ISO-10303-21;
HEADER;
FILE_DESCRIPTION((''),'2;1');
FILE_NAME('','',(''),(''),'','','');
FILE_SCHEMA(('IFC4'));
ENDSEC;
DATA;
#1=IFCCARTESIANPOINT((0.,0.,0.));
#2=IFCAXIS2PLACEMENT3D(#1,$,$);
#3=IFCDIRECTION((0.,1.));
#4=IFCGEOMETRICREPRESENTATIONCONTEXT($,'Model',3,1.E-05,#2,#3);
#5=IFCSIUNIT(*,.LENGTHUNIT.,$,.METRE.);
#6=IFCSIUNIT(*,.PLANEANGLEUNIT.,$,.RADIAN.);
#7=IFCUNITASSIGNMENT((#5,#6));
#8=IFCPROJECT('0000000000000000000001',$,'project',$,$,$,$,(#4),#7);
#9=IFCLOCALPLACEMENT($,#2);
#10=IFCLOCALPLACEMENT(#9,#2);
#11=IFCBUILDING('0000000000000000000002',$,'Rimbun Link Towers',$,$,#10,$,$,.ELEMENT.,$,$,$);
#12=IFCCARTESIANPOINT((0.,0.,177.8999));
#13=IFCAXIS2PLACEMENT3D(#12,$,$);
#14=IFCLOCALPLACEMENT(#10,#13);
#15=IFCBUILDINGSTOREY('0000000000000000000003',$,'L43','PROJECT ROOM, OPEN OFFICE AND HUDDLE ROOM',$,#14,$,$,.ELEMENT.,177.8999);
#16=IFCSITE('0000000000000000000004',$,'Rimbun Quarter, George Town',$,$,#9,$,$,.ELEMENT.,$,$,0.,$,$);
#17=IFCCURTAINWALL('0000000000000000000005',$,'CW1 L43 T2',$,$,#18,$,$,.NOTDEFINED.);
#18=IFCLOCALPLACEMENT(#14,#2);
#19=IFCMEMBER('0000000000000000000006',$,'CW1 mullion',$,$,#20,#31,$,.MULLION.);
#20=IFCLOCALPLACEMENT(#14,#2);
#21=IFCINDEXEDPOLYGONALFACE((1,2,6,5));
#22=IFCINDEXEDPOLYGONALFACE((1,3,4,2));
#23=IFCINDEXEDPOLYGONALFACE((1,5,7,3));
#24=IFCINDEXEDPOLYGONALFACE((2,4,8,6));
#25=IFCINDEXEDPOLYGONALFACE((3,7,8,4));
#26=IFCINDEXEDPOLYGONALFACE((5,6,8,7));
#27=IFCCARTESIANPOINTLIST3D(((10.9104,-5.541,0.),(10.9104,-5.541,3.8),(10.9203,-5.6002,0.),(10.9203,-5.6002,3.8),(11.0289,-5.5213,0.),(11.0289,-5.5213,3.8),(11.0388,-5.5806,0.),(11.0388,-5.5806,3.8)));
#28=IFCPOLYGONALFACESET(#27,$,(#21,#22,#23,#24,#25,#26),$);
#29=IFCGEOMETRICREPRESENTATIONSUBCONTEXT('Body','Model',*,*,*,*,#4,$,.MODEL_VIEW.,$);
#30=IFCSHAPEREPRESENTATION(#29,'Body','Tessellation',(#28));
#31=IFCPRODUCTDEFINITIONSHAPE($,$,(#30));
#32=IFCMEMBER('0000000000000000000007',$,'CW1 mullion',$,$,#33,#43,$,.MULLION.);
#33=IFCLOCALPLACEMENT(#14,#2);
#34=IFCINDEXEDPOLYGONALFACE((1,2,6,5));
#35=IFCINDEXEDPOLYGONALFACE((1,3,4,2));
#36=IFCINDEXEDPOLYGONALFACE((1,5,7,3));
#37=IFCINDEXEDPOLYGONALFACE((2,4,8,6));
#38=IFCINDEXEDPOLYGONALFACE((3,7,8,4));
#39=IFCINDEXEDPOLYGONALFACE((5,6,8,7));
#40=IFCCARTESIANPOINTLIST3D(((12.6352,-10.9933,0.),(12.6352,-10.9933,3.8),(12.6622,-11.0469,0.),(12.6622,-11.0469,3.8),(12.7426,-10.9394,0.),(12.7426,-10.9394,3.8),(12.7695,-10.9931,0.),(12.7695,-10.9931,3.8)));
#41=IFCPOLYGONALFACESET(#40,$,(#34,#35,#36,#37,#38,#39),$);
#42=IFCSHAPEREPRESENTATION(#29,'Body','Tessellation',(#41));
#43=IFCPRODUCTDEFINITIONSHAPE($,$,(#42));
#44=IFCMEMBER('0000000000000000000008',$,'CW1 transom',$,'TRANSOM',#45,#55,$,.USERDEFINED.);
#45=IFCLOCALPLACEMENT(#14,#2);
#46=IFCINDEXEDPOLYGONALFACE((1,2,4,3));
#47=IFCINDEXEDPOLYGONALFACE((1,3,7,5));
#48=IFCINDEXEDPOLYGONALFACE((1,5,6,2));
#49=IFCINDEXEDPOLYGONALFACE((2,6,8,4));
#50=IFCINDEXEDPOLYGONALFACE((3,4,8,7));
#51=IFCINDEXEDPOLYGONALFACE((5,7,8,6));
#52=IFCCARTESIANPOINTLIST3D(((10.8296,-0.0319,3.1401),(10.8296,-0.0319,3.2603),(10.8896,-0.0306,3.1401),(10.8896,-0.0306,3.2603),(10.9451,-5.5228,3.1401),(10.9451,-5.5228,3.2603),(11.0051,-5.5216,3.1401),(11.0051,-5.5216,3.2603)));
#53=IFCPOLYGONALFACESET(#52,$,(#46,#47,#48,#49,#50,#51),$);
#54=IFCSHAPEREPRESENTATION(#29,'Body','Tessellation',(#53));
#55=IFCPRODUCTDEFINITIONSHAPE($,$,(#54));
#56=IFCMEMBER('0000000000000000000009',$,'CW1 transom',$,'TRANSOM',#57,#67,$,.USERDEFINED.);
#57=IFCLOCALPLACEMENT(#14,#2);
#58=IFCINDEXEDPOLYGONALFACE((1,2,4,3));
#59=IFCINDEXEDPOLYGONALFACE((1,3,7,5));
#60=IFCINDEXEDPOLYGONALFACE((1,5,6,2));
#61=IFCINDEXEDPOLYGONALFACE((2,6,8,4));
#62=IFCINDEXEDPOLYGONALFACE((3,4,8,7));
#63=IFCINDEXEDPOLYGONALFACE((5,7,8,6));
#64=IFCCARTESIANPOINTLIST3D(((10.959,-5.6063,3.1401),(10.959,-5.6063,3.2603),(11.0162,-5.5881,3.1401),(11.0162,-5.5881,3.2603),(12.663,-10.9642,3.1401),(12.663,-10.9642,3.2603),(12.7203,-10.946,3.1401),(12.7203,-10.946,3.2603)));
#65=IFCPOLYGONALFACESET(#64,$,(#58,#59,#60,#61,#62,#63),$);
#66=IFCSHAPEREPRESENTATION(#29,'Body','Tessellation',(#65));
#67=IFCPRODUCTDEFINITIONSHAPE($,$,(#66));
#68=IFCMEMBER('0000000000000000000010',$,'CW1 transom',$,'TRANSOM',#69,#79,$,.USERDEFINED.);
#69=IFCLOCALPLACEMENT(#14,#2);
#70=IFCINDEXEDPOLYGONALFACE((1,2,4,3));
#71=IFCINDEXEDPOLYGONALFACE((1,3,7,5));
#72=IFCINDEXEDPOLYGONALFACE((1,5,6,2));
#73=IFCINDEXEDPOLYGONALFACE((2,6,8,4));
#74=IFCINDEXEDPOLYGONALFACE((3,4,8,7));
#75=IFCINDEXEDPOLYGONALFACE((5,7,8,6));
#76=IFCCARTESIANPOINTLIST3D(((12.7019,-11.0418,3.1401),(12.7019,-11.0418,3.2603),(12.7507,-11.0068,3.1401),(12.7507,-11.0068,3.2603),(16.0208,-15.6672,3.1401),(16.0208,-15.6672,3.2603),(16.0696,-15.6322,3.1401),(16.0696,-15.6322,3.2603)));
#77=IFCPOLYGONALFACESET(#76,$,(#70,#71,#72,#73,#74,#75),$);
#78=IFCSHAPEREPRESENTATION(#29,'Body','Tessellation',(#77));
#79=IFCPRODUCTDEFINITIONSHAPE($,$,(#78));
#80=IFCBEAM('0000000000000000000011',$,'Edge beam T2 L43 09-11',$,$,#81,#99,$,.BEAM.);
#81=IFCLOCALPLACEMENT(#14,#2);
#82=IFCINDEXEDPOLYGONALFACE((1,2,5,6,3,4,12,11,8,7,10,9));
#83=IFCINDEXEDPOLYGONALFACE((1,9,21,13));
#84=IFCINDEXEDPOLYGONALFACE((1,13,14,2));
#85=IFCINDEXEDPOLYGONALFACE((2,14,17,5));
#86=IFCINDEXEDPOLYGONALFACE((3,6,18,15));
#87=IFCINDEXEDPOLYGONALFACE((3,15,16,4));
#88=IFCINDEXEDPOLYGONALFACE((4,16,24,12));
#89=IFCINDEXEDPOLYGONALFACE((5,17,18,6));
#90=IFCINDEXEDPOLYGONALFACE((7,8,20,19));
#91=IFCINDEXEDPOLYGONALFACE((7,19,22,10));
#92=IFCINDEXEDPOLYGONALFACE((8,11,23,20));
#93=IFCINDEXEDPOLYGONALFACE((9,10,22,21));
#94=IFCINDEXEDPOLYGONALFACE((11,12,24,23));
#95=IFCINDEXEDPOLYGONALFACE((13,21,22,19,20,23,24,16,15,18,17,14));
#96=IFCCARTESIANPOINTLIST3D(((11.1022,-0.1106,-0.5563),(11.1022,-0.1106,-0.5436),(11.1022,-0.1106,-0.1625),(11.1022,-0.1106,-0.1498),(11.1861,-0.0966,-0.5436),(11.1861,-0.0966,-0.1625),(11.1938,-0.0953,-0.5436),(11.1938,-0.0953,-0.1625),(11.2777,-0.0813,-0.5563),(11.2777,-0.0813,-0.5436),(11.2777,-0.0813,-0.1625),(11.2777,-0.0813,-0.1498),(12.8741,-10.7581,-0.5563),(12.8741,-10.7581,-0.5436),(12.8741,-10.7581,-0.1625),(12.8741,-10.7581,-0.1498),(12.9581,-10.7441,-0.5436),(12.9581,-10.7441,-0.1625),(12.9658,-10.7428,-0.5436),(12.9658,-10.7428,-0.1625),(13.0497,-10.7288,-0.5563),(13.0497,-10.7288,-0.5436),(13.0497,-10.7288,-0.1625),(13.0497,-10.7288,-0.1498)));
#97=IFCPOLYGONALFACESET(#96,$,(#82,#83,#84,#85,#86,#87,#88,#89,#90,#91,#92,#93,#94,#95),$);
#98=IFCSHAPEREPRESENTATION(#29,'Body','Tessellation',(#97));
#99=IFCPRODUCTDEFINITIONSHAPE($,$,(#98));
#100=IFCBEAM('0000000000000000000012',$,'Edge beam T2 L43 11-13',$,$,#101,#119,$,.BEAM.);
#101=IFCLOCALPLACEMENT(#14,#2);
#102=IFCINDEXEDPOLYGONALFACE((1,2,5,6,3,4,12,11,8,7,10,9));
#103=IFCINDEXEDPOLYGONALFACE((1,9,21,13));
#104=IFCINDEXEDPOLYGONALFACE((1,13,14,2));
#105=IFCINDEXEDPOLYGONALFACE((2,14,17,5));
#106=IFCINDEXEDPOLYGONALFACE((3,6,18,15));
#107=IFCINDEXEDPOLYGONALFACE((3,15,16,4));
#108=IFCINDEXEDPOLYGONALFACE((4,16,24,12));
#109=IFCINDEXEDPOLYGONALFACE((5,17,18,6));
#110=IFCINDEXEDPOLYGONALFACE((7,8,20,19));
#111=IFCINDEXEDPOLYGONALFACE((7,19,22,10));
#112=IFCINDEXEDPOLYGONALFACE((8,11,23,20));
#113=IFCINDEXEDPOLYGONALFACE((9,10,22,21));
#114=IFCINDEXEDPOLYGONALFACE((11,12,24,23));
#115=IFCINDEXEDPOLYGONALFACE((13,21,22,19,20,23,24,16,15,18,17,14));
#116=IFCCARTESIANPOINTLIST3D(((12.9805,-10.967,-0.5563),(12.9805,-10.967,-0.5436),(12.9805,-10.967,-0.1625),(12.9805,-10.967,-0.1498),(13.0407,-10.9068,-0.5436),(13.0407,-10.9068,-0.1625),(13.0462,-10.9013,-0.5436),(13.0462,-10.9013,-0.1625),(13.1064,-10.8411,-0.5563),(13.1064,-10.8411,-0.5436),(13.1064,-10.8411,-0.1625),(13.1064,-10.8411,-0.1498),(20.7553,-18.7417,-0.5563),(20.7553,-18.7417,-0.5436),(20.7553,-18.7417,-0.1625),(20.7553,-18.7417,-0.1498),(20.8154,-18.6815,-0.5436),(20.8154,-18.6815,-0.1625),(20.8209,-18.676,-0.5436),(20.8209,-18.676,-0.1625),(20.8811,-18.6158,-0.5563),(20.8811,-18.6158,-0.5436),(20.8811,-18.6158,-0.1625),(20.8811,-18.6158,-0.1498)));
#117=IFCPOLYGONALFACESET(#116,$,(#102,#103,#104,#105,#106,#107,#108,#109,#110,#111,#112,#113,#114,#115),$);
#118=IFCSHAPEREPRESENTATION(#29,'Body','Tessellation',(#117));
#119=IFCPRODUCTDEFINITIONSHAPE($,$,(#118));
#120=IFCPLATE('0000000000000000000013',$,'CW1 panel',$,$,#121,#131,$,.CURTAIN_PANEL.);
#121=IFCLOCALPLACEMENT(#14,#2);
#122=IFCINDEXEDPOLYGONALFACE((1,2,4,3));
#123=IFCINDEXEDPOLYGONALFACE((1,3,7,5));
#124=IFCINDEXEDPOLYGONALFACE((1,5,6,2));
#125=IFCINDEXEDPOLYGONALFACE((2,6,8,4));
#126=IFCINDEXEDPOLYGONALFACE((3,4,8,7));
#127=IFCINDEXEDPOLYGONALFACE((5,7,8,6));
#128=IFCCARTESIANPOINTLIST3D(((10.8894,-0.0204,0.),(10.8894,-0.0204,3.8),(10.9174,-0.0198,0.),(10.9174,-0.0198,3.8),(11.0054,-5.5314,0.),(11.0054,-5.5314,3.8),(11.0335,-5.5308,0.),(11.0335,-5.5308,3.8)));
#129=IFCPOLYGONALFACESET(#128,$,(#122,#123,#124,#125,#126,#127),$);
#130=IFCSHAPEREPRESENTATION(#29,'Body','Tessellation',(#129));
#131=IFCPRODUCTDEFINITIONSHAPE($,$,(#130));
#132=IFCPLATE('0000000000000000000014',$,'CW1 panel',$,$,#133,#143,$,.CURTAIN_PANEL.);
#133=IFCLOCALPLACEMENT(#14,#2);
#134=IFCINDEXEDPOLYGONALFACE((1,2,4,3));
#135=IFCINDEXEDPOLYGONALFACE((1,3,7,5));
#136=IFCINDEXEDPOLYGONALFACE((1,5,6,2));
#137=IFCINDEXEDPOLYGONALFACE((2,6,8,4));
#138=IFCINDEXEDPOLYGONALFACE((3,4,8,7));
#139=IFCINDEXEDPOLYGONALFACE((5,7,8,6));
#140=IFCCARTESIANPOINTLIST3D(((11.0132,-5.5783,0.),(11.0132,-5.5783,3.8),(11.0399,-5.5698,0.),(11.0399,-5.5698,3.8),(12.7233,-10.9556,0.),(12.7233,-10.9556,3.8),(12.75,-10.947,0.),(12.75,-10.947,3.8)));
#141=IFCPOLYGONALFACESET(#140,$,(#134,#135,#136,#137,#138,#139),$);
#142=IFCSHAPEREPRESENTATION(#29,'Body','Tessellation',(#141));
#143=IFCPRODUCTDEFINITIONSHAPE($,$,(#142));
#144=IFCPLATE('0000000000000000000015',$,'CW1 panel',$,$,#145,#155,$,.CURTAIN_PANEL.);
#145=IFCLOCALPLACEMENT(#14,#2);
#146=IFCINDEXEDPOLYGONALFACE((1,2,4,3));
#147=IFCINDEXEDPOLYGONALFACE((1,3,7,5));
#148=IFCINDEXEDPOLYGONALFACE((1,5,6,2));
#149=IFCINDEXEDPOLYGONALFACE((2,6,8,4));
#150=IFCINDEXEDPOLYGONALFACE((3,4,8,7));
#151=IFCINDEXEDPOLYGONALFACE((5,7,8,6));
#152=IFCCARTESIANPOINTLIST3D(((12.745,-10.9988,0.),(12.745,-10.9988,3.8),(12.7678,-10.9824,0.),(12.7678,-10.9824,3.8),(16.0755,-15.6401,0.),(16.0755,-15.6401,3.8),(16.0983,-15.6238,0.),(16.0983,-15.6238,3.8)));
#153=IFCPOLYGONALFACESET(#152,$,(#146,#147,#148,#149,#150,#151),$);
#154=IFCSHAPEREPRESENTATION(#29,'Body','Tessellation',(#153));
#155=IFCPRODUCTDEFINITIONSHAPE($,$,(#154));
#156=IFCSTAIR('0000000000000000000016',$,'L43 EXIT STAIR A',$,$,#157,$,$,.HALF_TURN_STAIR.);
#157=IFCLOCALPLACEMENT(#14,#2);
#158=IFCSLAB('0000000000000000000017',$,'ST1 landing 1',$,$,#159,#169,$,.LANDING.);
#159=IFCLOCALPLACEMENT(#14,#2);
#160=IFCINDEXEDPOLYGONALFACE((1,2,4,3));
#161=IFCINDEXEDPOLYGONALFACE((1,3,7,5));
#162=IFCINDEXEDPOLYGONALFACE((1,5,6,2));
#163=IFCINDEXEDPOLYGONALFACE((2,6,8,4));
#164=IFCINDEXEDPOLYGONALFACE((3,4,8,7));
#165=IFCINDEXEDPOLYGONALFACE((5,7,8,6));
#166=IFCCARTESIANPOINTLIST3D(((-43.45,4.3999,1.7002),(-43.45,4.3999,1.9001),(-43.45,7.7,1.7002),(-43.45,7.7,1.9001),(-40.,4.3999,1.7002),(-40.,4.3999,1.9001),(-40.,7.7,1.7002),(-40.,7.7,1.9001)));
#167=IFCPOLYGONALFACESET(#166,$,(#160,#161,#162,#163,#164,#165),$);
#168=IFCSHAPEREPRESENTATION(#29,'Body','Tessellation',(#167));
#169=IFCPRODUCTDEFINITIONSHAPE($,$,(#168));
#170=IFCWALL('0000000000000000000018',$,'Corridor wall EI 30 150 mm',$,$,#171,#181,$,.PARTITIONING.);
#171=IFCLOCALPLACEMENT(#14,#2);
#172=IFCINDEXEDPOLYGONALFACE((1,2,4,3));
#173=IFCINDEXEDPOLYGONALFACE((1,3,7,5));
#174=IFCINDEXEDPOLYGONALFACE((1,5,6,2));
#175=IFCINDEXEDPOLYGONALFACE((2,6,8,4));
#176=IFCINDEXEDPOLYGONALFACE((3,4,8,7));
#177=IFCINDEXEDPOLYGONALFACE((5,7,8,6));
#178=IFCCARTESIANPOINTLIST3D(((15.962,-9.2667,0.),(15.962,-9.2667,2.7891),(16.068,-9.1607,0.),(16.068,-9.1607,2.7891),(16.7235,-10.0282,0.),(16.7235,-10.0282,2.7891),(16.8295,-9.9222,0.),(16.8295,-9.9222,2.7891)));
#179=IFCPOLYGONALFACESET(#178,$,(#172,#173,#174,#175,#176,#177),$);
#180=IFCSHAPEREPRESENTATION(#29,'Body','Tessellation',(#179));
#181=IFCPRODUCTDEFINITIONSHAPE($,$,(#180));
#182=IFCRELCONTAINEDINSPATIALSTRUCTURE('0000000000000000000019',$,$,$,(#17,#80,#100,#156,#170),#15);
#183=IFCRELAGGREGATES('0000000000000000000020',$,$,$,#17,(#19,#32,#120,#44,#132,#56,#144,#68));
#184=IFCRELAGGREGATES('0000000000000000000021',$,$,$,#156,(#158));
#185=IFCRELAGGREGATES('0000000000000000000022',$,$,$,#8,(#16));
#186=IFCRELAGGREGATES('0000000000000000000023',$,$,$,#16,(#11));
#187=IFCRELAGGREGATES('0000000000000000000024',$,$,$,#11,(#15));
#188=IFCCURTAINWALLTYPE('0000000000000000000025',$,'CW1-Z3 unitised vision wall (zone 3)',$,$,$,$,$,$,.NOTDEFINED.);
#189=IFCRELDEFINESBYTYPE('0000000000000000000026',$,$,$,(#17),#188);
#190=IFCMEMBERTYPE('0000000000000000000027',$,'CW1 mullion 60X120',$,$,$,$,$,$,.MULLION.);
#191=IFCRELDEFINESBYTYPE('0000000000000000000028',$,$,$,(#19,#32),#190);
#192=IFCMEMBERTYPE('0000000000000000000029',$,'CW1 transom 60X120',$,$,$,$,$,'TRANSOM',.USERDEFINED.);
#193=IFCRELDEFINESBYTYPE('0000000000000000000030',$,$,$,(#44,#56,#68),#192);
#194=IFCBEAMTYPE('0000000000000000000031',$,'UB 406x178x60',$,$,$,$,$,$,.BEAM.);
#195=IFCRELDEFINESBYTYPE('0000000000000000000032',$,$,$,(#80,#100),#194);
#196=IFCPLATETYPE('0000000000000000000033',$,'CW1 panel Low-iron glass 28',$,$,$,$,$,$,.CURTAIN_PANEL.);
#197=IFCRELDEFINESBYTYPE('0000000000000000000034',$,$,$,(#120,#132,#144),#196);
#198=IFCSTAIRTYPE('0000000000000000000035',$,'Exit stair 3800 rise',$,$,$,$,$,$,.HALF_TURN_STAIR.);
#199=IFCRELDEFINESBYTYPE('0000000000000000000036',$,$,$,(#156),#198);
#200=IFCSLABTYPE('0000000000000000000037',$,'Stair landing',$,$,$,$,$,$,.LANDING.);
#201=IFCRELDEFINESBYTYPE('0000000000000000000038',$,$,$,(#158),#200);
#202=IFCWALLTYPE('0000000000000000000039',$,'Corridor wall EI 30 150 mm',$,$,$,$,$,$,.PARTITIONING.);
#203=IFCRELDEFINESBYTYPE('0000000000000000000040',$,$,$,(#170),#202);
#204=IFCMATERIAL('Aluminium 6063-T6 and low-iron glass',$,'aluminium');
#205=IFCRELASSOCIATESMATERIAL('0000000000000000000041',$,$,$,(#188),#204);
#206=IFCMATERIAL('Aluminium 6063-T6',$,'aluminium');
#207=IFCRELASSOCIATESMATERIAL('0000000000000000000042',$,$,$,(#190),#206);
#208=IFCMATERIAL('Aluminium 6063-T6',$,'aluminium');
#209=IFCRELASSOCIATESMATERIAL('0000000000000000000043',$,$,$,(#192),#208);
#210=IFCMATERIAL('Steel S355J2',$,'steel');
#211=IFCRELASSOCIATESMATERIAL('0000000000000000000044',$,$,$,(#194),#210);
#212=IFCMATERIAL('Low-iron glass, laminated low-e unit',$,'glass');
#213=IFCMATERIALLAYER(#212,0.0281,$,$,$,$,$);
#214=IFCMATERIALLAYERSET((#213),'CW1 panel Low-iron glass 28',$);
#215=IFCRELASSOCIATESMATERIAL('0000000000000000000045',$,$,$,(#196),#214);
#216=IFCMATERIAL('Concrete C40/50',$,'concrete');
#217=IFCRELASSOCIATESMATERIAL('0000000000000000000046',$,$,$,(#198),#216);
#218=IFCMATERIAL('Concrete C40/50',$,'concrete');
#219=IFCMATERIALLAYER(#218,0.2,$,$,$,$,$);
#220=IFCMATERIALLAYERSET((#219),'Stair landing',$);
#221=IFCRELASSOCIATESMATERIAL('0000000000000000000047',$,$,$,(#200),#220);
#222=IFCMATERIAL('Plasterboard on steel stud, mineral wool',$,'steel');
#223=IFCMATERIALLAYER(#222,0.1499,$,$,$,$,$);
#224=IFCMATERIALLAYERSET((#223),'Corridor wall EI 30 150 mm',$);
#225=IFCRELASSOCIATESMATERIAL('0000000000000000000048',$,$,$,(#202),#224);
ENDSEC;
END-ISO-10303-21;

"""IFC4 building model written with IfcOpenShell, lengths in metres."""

from ifc_helpers import new_model, si_unit, direction, frame, frame_2d, origin, origin_2d, place, context, subcontext, project, spatial, polyline, rectangle, i_section, outline, extrude, material, layer, layer_set, material_profile, profile_set, type_object, element, aggregate, save


model = new_model("IFC4")

# Units and contexts
model_context = context("Model", 3, precision=1e-05, world=origin(), true_north=direction((0.0, 1.0)))
body_context = subcontext(model_context, "Body", "Model", "MODEL_VIEW")
ifc_project = project(units=[si_unit("LENGTHUNIT", "METRE"), si_unit("PLANEANGLEUNIT", "RADIAN")], contexts=[model_context])

# Site, building, storey
site_placement = place(None, origin())
site = spatial("IfcSite", under=ifc_project, at=site_placement, Name="Rimbun Quarter, George Town", CompositionType="ELEMENT", RefElevation=0.0)
building_placement = place(site_placement, origin())
building = spatial("IfcBuilding", under=site, at=building_placement, Name="Rimbun Link Towers", CompositionType="ELEMENT")
storey_placement = place(building_placement, frame((0.0, 0.0, 177.8999)))
storey = spatial("IfcBuildingStorey", under=building, at=storey_placement, Name="L43", Description="PROJECT ROOM, OPEN OFFICE AND HUDDLE ROOM", CompositionType="ELEMENT", Elevation=177.8999)

# Curtain wall, members
ifc_material_1 = material(Name="Aluminium 6063-T6 and low-iron glass", Category="aluminium")
curtain_wall_type = type_object("IfcCurtainWallType", Name="CW1-Z3 unitised vision wall (zone 3)", PredefinedType="NOTDEFINED", material=ifc_material_1)
curtain_wall_placement = place(storey_placement, origin())
curtain_wall = element("IfcCurtainWall", 1, at=curtain_wall_placement, inside=storey, type_object=curtain_wall_type, Name="CW1 L43 T2", PredefinedType="NOTDEFINED")
ifc_material_2 = material(Name="Aluminium 6063-T6", Category="aluminium")
ifc_material_profile_1 = material_profile(ifc_material_2, rectangle(XDim=0.1201, YDim=0.0601, at=origin_2d()), Name="MULLION 60X120")
ifc_profile_set_1 = profile_set([ifc_material_profile_1], Name="Aluminium 6063-T6")
member_type_1 = type_object("IfcMemberType", Name="CW1 mullion 60X120", PredefinedType="MULLION", material=ifc_profile_set_1)
member_1_placement = place(storey_placement, frame((10.9746, -5.5608, 0.0), z_axis=(0.0, 0.0, 1.0), x_axis=(-0.986503, -0.163743, 0.0)))
member_1 = element("IfcMember", 2, at=member_1_placement, type_object=member_type_1, Name="CW1 mullion", PredefinedType="MULLION", context=body_context, shape_type="SweptSolid", body=[
    extrude(rectangle(XDim=0.1201, YDim=0.0601, at=origin_2d()), origin(), (0.0, 0.0, 1.0), 3.8),
])
member_2_placement = place(storey_placement, frame((12.7024, -10.9932, 0.0), z_axis=(0.0, 0.0, 1.0), x_axis=(-0.893746, -0.448574, 0.0)))
member_2 = element("IfcMember", 3, at=member_2_placement, type_object=member_type_1, Name="CW1 mullion", PredefinedType="MULLION", context=body_context, shape_type="SweptSolid", body=[
    extrude(rectangle(XDim=0.1201, YDim=0.0601, at=origin_2d()), origin(), (0.0, 0.0, 1.0), 3.8),
])
ifc_material_3 = material(Name="Aluminium 6063-T6", Category="aluminium")
ifc_material_profile_2 = material_profile(ifc_material_3, rectangle(XDim=0.0601, YDim=0.1201, at=origin_2d()), Name="TRANSOM 60X120")
ifc_profile_set_2 = profile_set([ifc_material_profile_2], Name="Aluminium 6063-T6")
member_type_2 = type_object("IfcMemberType", Name="CW1 transom 60X120", ElementType="TRANSOM", PredefinedType="USERDEFINED", material=ifc_profile_set_2)
member_3_placement = place(storey_placement, frame((10.9751, -5.5222, 3.2002), z_axis=(-0.021026, 0.999779, 0.0), x_axis=(-0.999779, -0.021026, 0.0)))
member_3 = element("IfcMember", 4, at=member_3_placement, type_object=member_type_2, Name="CW1 transom", ObjectType="TRANSOM", PredefinedType="USERDEFINED", context=body_context, shape_type="SweptSolid", body=[
    extrude(rectangle(XDim=0.0601, YDim=0.1201, at=origin_2d()), origin(), (0.0, 0.0, 1.0), 5.4922),
])
member_4_placement = place(storey_placement, frame((12.6917, -10.9551, 3.2002), z_axis=(-0.303093, 0.952961, 0.0), x_axis=(-0.952961, -0.303093, 0.0)))
member_4 = element("IfcMember", 5, at=member_4_placement, type_object=member_type_2, Name="CW1 transom", ObjectType="TRANSOM", PredefinedType="USERDEFINED", context=body_context, shape_type="SweptSolid", body=[
    extrude(rectangle(XDim=0.0601, YDim=0.1201, at=origin_2d()), origin(), (0.0, 0.0, 1.0), 5.6223),
])
member_5_placement = place(storey_placement, frame((16.0452, -15.6497, 3.2002), z_axis=(-0.582993, 0.812477, 0.0), x_axis=(-0.812477, -0.582993, 0.0)))
member_5 = element("IfcMember", 6, at=member_5_placement, type_object=member_type_2, Name="CW1 transom", ObjectType="TRANSOM", PredefinedType="USERDEFINED", context=body_context, shape_type="SweptSolid", body=[
    extrude(rectangle(XDim=0.0601, YDim=0.1201, at=origin_2d()), origin(), (0.0, 0.0, 1.0), 5.6929),
])

# Beams
ifc_material_4 = material(Name="Steel S355J2", Category="steel")
ifc_material_profile_3 = material_profile(ifc_material_4, i_section(OverallWidth=0.178, OverallDepth=0.4065, WebThickness=0.0078, FlangeThickness=0.0127, at=origin_2d()), Name="UB 406x178x60")
ifc_profile_set_3 = profile_set([ifc_material_profile_3], Name="Steel S355J2")
beam_type = type_object("IfcBeamType", Name="UB 406x178x60", PredefinedType="BEAM", material=ifc_profile_set_3)
beam_1_placement = place(storey_placement, frame((11.1899, -0.0959, -0.353), z_axis=(0.164164, -0.986433, 0.0), x_axis=(0.986433, 0.164164, 0.0)))
element("IfcBeam", 7, at=beam_1_placement, inside=storey, type_object=beam_type, Name="Edge beam T2 L43 09-11", PredefinedType="BEAM", context=body_context, shape_type="SweptSolid", body=[
    extrude(i_section(OverallWidth=0.178, OverallDepth=0.4065, WebThickness=0.0078, FlangeThickness=0.0127, at=origin_2d()), origin(), (0.0, 0.0, 1.0), 10.7939),
])
beam_2_placement = place(storey_placement, frame((13.0435, -10.9041, -0.353), z_axis=(0.707107, -0.707107, 0.0), x_axis=(0.707107, 0.707107, 0.0)))
element("IfcBeam", 8, at=beam_2_placement, inside=storey, type_object=beam_type, Name="Edge beam T2 L43 11-13", PredefinedType="BEAM", context=body_context, shape_type="SweptSolid", body=[
    extrude(i_section(OverallWidth=0.178, OverallDepth=0.4065, WebThickness=0.0078, FlangeThickness=0.0127, at=origin_2d()), origin(), (0.0, 0.0, 1.0), 10.9951),
])

# Plates
ifc_material_5 = material(Name="Low-iron glass, laminated low-e unit", Category="glass")
ifc_layer_1 = layer(ifc_material_5, 0.0281)
ifc_layer_set_1 = layer_set([ifc_layer_1], Name="CW1 panel Low-iron glass 28")
plate_type = type_object("IfcPlateType", Name="CW1 panel Low-iron glass 28", PredefinedType="CURTAIN_PANEL", material=ifc_layer_set_1)
plate_1_placement = place(storey_placement, frame((10.9614, -2.7756, 0.0), z_axis=(0.0, 0.0, 1.0), x_axis=(-0.021055, 0.999778, 0.0)))
plate_1 = element("IfcPlate", 9, at=plate_1_placement, type_object=plate_type, Name="CW1 panel", PredefinedType="CURTAIN_PANEL", context=body_context, shape_type="SweptSolid", body=[
    extrude(rectangle(XDim=5.5122, YDim=0.0281, at=origin_2d()), origin(), (0.0, 0.0, 1.0), 3.8),
])
plate_2_placement = place(storey_placement, frame((11.8816, -8.2627, 0.0), z_axis=(0.0, 0.0, 1.0), x_axis=(-0.303068, 0.952969, 0.0)))
plate_2 = element("IfcPlate", 10, at=plate_2_placement, type_object=plate_type, Name="CW1 panel", PredefinedType="CURTAIN_PANEL", context=body_context, shape_type="SweptSolid", body=[
    extrude(rectangle(XDim=5.6426, YDim=0.0281, at=origin_2d()), origin(), (0.0, 0.0, 1.0), 3.8),
])
plate_3_placement = place(storey_placement, frame((14.4216, -13.3113, 0.0), z_axis=(0.0, 0.0, 1.0), x_axis=(-0.583009, 0.812465, 0.0)))
plate_3 = element("IfcPlate", 11, at=plate_3_placement, type_object=plate_type, Name="CW1 panel", PredefinedType="CURTAIN_PANEL", context=body_context, shape_type="SweptSolid", body=[
    extrude(rectangle(XDim=5.7126, YDim=0.0281, at=origin_2d()), origin(), (0.0, 0.0, 1.0), 3.8),
])
aggregate(curtain_wall, [member_1, member_2, plate_1, member_3, plate_2, member_4, plate_3, member_5])

# Stair, slab
ifc_material_6 = material(Name="Concrete C40/50", Category="concrete")
stair_type = type_object("IfcStairType", Name="Exit stair 3800 rise", PredefinedType="HALF_TURN_STAIR", material=ifc_material_6)
stair_placement = place(storey_placement, origin())
stair = element("IfcStair", 12, at=stair_placement, inside=storey, type_object=stair_type, Name="L43 EXIT STAIR A", PredefinedType="HALF_TURN_STAIR")
ifc_material_7 = material(Name="Concrete C40/50", Category="concrete")
ifc_layer_2 = layer(ifc_material_7, 0.2)
ifc_layer_set_2 = layer_set([ifc_layer_2], Name="Stair landing")
slab_type = type_object("IfcSlabType", Name="Stair landing", PredefinedType="LANDING", material=ifc_layer_set_2)
slab_placement = place(storey_placement, frame((0.0, 0.0, 1.7002)))
slab = element("IfcSlab", 13, at=slab_placement, type_object=slab_type, Name="ST1 landing 1", PredefinedType="LANDING", context=body_context, shape_type="SweptSolid", body=[
    extrude(outline(polyline([(-40.0, 7.7), (-43.45, 7.7), (-43.45, 4.3999), (-40.0, 4.3999), (-40.0, 7.7)])), origin(), (0.0, 0.0, 1.0), 0.2),
])
aggregate(stair, [slab])

# Wall
ifc_material_8 = material(Name="Plasterboard on steel stud, mineral wool", Category="steel")
ifc_layer_3 = layer(ifc_material_8, 0.1499)
ifc_layer_set_3 = layer_set([ifc_layer_3], Name="Corridor wall EI 30 150 mm")
wall_type_1 = type_object("IfcWallType", Name="Corridor wall EI 30 150 mm", PredefinedType="PARTITIONING", material=ifc_layer_set_3)
wall_1_placement = place(storey_placement, frame((16.0149, -9.2136, 0.0), z_axis=(0.0, 0.0, 1.0), x_axis=(0.707107, -0.707107, 0.0)))
element("IfcWall", 14, at=wall_1_placement, inside=storey, type_object=wall_type_1, Name="Corridor wall EI 30 150 mm", PredefinedType="PARTITIONING", context=body_context, shape_type="SweptSolid", body=[
    extrude(rectangle(XDim=1.0769, YDim=0.1499, at=frame_2d((0.5386, 0.0))), origin(), (0.0, 0.0, 1.0), 2.7891),
])

save(model, "model.ifc")
